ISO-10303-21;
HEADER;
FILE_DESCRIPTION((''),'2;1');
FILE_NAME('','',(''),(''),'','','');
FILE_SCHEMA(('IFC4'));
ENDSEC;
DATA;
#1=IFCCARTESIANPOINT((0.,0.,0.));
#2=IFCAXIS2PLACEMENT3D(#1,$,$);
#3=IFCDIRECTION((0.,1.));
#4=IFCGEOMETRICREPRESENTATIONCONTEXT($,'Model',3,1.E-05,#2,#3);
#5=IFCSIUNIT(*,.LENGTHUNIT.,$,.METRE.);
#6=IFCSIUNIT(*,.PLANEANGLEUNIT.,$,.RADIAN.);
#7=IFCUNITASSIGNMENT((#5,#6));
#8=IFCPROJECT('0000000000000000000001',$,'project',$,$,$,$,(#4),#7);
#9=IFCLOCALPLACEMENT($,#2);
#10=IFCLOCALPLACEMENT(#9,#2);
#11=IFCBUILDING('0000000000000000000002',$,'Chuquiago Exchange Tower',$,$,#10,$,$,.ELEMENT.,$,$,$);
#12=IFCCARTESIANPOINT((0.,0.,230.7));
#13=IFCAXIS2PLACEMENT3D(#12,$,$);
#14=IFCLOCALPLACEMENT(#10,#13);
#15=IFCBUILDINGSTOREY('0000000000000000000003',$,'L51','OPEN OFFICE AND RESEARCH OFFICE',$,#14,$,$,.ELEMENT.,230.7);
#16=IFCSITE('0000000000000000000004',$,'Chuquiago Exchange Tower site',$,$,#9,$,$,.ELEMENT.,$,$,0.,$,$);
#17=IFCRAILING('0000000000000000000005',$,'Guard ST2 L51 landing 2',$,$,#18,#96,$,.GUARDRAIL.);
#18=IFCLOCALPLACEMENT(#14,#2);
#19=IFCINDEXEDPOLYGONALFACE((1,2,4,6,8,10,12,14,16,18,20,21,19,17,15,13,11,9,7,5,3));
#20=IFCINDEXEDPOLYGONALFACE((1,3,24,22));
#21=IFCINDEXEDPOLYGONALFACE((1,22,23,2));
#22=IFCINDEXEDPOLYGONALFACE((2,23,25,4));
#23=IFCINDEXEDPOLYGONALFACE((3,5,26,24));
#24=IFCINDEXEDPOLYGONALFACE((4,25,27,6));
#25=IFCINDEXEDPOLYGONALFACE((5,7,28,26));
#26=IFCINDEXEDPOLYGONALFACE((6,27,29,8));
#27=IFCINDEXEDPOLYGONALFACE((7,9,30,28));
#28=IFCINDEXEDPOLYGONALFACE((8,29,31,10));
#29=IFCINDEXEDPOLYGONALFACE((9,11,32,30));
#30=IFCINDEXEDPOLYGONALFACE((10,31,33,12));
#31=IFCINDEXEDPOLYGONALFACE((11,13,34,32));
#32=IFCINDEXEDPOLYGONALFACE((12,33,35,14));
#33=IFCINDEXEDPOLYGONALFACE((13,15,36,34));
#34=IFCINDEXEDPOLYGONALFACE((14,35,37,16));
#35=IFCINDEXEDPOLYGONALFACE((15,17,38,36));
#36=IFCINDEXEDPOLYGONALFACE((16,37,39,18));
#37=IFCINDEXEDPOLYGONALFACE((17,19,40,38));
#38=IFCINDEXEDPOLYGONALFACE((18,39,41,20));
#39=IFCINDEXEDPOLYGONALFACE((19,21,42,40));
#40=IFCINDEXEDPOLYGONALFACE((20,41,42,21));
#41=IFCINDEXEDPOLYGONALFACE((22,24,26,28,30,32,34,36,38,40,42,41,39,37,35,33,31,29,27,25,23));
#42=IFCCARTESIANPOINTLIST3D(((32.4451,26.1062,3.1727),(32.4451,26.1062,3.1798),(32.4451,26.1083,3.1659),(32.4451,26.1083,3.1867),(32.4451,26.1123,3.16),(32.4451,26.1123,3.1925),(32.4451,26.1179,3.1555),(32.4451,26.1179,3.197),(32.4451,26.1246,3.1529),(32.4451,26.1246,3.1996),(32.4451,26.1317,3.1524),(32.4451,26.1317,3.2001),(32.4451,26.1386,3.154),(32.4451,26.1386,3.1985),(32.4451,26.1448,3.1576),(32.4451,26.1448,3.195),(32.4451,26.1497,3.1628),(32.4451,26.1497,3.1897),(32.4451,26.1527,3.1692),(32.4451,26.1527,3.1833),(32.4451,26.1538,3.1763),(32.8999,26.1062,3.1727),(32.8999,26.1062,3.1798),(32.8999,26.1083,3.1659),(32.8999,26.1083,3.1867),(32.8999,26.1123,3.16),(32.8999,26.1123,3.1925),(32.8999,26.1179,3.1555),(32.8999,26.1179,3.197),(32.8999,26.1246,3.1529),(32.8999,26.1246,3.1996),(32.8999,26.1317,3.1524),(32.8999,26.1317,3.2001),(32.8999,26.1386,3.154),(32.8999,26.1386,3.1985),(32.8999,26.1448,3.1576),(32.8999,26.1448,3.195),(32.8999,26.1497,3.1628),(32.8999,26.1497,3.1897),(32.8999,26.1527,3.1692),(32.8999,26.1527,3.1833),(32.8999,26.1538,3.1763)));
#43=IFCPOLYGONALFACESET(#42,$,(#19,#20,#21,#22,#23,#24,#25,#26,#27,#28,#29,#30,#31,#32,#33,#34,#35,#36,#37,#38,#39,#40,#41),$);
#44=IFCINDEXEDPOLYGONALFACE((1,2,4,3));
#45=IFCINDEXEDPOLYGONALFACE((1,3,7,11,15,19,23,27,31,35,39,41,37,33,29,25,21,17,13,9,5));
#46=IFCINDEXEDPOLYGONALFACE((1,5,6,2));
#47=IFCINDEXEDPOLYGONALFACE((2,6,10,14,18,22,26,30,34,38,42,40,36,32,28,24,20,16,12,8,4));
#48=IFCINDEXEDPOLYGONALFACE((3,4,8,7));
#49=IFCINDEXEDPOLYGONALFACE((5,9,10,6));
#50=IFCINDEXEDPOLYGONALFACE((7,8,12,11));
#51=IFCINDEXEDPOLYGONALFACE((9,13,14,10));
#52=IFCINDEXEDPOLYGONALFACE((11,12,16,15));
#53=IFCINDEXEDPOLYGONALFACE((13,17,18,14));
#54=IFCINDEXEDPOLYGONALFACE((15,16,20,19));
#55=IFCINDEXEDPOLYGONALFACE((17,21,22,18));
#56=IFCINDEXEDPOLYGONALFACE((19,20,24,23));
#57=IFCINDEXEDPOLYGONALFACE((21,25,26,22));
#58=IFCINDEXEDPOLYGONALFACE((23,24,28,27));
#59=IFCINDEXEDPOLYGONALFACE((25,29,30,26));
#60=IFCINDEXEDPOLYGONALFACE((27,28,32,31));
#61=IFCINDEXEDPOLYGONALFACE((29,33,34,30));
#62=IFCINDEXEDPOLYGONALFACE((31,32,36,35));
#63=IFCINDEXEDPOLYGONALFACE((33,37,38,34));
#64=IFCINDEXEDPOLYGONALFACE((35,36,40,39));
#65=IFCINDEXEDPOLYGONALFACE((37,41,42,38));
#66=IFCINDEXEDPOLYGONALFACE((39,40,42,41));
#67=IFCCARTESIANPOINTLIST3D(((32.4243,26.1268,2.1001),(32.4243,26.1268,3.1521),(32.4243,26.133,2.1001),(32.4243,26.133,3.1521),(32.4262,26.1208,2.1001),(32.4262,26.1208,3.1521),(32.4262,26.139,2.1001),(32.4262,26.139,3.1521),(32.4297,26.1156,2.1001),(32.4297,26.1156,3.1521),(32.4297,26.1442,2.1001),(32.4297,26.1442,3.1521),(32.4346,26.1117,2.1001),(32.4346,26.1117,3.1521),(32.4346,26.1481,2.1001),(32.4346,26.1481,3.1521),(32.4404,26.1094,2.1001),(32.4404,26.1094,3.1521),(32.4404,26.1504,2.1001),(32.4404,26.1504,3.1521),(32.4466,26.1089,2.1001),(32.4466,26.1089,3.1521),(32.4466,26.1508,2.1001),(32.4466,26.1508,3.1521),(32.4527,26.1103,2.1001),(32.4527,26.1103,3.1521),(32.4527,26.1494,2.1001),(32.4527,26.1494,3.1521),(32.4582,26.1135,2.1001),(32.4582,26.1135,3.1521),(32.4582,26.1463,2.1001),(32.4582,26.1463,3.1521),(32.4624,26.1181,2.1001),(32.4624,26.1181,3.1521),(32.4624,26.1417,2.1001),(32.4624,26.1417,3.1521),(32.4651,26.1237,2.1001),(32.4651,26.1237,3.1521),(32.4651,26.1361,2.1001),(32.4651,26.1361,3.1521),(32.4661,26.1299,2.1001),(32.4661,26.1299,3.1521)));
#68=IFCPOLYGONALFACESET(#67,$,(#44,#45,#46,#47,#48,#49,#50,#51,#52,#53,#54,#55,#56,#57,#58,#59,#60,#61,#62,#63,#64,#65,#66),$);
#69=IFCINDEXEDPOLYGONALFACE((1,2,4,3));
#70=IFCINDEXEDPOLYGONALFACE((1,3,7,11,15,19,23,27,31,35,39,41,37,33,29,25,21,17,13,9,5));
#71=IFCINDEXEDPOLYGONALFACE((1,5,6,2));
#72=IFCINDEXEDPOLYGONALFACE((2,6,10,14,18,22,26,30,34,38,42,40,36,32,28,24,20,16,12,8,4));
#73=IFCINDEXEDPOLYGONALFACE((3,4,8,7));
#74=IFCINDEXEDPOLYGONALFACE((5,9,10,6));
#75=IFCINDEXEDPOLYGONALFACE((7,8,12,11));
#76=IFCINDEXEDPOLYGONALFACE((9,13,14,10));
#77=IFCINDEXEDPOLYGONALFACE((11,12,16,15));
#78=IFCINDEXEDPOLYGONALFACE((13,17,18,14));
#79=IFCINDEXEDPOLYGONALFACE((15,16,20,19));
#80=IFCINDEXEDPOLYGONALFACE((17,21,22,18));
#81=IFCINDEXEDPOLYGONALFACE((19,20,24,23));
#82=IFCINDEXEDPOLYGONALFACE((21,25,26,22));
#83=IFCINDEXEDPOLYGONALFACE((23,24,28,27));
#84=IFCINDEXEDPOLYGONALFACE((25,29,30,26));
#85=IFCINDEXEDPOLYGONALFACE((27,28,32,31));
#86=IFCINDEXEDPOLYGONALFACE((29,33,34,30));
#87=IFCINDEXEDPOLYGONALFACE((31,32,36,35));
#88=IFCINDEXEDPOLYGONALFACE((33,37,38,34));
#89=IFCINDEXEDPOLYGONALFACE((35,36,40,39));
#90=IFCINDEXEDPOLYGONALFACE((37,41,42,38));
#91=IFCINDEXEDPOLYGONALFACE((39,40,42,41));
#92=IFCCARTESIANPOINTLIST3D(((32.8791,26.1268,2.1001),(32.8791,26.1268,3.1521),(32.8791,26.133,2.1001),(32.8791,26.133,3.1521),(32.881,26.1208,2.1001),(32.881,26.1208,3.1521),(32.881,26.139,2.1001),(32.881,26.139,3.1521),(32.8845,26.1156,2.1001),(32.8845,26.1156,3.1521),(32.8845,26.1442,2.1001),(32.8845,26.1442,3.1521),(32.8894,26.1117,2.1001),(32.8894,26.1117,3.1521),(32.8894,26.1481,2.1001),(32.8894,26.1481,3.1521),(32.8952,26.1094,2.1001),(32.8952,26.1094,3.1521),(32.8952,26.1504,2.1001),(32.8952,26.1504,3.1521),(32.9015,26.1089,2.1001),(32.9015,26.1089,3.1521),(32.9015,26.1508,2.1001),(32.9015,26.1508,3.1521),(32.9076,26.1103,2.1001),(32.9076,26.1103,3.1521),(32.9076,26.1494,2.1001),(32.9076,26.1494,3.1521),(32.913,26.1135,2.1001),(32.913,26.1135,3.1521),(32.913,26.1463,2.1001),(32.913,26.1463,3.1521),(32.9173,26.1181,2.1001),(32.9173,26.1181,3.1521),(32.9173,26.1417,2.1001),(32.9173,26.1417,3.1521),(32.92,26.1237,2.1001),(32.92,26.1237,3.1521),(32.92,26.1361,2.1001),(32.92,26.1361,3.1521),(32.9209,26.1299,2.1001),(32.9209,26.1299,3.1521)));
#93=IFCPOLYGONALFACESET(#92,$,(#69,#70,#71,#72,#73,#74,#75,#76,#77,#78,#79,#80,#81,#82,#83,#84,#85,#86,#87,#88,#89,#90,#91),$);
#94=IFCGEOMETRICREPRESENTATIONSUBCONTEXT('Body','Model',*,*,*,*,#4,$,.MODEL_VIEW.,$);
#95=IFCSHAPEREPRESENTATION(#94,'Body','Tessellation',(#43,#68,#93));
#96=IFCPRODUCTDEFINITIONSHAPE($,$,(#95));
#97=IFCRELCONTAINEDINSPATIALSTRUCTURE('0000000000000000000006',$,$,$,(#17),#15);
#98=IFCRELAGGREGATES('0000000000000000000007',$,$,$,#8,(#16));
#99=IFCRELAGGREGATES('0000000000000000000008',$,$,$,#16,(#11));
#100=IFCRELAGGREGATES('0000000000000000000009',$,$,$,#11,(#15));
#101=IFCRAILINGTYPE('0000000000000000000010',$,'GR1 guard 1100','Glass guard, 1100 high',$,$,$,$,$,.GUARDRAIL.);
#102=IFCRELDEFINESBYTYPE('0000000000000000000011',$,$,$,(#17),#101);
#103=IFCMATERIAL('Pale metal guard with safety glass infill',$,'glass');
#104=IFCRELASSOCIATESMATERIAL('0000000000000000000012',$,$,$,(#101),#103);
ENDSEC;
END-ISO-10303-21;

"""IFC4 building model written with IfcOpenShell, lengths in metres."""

from ifc_helpers import new_model, si_unit, direction, frame, origin, origin_2d, place, context, subcontext, project, spatial, circle, extrude, material, type_object, element, save


model = new_model("IFC4")

# Units and contexts
model_context = context("Model", 3, precision=1e-05, world=origin(), true_north=direction((0.0, 1.0)))
body_context = subcontext(model_context, "Body", "Model", "MODEL_VIEW")
ifc_project = project(units=[si_unit("LENGTHUNIT", "METRE"), si_unit("PLANEANGLEUNIT", "RADIAN")], contexts=[model_context])

# Site, building, storey
site_placement = place(None, origin())
site = spatial("IfcSite", under=ifc_project, at=site_placement, Name="Chuquiago Exchange Tower site", CompositionType="ELEMENT", RefElevation=0.0)
building_placement = place(site_placement, origin())
building = spatial("IfcBuilding", under=site, at=building_placement, Name="Chuquiago Exchange Tower", CompositionType="ELEMENT")
storey_placement = place(building_placement, frame((0.0, 0.0, 230.7)))
storey = spatial("IfcBuildingStorey", under=building, at=storey_placement, Name="L51", Description="OPEN OFFICE AND RESEARCH OFFICE", CompositionType="ELEMENT", Elevation=230.7)

# Railing
ifc_material_1 = material(Name="Pale metal guard with safety glass infill", Category="glass")
railing_type_1 = type_object("IfcRailingType", Name="GR1 guard 1100", Description="Glass guard, 1100 high", PredefinedType="GUARDRAIL", material=ifc_material_1)
railing_1_placement = place(storey_placement, frame((32.4451, 26.1299, 2.1001)))
element("IfcRailing", 1, at=railing_1_placement, inside=storey, type_object=railing_type_1, Name="Guard ST2 L51 landing 2", PredefinedType="GUARDRAIL", context=body_context, shape_type="SweptSolid", body=[
    extrude(circle(Radius=0.0239, at=origin_2d()), frame((0.0, 0.0, 1.0762), z_axis=(1.0, 0.0, 0.0), x_axis=(0.0, 1.0, 0.0)), (0.0, 0.0, 1.0), 0.4548),
    extrude(circle(Radius=0.021, at=origin_2d()), origin(), (0.0, 0.0, 1.0), 1.052),
    extrude(circle(Radius=0.021, at=origin_2d()), frame((0.4548, 0.0, 0.0)), (0.0, 0.0, 1.0), 1.052),
])

save(model, "model.ifc")
